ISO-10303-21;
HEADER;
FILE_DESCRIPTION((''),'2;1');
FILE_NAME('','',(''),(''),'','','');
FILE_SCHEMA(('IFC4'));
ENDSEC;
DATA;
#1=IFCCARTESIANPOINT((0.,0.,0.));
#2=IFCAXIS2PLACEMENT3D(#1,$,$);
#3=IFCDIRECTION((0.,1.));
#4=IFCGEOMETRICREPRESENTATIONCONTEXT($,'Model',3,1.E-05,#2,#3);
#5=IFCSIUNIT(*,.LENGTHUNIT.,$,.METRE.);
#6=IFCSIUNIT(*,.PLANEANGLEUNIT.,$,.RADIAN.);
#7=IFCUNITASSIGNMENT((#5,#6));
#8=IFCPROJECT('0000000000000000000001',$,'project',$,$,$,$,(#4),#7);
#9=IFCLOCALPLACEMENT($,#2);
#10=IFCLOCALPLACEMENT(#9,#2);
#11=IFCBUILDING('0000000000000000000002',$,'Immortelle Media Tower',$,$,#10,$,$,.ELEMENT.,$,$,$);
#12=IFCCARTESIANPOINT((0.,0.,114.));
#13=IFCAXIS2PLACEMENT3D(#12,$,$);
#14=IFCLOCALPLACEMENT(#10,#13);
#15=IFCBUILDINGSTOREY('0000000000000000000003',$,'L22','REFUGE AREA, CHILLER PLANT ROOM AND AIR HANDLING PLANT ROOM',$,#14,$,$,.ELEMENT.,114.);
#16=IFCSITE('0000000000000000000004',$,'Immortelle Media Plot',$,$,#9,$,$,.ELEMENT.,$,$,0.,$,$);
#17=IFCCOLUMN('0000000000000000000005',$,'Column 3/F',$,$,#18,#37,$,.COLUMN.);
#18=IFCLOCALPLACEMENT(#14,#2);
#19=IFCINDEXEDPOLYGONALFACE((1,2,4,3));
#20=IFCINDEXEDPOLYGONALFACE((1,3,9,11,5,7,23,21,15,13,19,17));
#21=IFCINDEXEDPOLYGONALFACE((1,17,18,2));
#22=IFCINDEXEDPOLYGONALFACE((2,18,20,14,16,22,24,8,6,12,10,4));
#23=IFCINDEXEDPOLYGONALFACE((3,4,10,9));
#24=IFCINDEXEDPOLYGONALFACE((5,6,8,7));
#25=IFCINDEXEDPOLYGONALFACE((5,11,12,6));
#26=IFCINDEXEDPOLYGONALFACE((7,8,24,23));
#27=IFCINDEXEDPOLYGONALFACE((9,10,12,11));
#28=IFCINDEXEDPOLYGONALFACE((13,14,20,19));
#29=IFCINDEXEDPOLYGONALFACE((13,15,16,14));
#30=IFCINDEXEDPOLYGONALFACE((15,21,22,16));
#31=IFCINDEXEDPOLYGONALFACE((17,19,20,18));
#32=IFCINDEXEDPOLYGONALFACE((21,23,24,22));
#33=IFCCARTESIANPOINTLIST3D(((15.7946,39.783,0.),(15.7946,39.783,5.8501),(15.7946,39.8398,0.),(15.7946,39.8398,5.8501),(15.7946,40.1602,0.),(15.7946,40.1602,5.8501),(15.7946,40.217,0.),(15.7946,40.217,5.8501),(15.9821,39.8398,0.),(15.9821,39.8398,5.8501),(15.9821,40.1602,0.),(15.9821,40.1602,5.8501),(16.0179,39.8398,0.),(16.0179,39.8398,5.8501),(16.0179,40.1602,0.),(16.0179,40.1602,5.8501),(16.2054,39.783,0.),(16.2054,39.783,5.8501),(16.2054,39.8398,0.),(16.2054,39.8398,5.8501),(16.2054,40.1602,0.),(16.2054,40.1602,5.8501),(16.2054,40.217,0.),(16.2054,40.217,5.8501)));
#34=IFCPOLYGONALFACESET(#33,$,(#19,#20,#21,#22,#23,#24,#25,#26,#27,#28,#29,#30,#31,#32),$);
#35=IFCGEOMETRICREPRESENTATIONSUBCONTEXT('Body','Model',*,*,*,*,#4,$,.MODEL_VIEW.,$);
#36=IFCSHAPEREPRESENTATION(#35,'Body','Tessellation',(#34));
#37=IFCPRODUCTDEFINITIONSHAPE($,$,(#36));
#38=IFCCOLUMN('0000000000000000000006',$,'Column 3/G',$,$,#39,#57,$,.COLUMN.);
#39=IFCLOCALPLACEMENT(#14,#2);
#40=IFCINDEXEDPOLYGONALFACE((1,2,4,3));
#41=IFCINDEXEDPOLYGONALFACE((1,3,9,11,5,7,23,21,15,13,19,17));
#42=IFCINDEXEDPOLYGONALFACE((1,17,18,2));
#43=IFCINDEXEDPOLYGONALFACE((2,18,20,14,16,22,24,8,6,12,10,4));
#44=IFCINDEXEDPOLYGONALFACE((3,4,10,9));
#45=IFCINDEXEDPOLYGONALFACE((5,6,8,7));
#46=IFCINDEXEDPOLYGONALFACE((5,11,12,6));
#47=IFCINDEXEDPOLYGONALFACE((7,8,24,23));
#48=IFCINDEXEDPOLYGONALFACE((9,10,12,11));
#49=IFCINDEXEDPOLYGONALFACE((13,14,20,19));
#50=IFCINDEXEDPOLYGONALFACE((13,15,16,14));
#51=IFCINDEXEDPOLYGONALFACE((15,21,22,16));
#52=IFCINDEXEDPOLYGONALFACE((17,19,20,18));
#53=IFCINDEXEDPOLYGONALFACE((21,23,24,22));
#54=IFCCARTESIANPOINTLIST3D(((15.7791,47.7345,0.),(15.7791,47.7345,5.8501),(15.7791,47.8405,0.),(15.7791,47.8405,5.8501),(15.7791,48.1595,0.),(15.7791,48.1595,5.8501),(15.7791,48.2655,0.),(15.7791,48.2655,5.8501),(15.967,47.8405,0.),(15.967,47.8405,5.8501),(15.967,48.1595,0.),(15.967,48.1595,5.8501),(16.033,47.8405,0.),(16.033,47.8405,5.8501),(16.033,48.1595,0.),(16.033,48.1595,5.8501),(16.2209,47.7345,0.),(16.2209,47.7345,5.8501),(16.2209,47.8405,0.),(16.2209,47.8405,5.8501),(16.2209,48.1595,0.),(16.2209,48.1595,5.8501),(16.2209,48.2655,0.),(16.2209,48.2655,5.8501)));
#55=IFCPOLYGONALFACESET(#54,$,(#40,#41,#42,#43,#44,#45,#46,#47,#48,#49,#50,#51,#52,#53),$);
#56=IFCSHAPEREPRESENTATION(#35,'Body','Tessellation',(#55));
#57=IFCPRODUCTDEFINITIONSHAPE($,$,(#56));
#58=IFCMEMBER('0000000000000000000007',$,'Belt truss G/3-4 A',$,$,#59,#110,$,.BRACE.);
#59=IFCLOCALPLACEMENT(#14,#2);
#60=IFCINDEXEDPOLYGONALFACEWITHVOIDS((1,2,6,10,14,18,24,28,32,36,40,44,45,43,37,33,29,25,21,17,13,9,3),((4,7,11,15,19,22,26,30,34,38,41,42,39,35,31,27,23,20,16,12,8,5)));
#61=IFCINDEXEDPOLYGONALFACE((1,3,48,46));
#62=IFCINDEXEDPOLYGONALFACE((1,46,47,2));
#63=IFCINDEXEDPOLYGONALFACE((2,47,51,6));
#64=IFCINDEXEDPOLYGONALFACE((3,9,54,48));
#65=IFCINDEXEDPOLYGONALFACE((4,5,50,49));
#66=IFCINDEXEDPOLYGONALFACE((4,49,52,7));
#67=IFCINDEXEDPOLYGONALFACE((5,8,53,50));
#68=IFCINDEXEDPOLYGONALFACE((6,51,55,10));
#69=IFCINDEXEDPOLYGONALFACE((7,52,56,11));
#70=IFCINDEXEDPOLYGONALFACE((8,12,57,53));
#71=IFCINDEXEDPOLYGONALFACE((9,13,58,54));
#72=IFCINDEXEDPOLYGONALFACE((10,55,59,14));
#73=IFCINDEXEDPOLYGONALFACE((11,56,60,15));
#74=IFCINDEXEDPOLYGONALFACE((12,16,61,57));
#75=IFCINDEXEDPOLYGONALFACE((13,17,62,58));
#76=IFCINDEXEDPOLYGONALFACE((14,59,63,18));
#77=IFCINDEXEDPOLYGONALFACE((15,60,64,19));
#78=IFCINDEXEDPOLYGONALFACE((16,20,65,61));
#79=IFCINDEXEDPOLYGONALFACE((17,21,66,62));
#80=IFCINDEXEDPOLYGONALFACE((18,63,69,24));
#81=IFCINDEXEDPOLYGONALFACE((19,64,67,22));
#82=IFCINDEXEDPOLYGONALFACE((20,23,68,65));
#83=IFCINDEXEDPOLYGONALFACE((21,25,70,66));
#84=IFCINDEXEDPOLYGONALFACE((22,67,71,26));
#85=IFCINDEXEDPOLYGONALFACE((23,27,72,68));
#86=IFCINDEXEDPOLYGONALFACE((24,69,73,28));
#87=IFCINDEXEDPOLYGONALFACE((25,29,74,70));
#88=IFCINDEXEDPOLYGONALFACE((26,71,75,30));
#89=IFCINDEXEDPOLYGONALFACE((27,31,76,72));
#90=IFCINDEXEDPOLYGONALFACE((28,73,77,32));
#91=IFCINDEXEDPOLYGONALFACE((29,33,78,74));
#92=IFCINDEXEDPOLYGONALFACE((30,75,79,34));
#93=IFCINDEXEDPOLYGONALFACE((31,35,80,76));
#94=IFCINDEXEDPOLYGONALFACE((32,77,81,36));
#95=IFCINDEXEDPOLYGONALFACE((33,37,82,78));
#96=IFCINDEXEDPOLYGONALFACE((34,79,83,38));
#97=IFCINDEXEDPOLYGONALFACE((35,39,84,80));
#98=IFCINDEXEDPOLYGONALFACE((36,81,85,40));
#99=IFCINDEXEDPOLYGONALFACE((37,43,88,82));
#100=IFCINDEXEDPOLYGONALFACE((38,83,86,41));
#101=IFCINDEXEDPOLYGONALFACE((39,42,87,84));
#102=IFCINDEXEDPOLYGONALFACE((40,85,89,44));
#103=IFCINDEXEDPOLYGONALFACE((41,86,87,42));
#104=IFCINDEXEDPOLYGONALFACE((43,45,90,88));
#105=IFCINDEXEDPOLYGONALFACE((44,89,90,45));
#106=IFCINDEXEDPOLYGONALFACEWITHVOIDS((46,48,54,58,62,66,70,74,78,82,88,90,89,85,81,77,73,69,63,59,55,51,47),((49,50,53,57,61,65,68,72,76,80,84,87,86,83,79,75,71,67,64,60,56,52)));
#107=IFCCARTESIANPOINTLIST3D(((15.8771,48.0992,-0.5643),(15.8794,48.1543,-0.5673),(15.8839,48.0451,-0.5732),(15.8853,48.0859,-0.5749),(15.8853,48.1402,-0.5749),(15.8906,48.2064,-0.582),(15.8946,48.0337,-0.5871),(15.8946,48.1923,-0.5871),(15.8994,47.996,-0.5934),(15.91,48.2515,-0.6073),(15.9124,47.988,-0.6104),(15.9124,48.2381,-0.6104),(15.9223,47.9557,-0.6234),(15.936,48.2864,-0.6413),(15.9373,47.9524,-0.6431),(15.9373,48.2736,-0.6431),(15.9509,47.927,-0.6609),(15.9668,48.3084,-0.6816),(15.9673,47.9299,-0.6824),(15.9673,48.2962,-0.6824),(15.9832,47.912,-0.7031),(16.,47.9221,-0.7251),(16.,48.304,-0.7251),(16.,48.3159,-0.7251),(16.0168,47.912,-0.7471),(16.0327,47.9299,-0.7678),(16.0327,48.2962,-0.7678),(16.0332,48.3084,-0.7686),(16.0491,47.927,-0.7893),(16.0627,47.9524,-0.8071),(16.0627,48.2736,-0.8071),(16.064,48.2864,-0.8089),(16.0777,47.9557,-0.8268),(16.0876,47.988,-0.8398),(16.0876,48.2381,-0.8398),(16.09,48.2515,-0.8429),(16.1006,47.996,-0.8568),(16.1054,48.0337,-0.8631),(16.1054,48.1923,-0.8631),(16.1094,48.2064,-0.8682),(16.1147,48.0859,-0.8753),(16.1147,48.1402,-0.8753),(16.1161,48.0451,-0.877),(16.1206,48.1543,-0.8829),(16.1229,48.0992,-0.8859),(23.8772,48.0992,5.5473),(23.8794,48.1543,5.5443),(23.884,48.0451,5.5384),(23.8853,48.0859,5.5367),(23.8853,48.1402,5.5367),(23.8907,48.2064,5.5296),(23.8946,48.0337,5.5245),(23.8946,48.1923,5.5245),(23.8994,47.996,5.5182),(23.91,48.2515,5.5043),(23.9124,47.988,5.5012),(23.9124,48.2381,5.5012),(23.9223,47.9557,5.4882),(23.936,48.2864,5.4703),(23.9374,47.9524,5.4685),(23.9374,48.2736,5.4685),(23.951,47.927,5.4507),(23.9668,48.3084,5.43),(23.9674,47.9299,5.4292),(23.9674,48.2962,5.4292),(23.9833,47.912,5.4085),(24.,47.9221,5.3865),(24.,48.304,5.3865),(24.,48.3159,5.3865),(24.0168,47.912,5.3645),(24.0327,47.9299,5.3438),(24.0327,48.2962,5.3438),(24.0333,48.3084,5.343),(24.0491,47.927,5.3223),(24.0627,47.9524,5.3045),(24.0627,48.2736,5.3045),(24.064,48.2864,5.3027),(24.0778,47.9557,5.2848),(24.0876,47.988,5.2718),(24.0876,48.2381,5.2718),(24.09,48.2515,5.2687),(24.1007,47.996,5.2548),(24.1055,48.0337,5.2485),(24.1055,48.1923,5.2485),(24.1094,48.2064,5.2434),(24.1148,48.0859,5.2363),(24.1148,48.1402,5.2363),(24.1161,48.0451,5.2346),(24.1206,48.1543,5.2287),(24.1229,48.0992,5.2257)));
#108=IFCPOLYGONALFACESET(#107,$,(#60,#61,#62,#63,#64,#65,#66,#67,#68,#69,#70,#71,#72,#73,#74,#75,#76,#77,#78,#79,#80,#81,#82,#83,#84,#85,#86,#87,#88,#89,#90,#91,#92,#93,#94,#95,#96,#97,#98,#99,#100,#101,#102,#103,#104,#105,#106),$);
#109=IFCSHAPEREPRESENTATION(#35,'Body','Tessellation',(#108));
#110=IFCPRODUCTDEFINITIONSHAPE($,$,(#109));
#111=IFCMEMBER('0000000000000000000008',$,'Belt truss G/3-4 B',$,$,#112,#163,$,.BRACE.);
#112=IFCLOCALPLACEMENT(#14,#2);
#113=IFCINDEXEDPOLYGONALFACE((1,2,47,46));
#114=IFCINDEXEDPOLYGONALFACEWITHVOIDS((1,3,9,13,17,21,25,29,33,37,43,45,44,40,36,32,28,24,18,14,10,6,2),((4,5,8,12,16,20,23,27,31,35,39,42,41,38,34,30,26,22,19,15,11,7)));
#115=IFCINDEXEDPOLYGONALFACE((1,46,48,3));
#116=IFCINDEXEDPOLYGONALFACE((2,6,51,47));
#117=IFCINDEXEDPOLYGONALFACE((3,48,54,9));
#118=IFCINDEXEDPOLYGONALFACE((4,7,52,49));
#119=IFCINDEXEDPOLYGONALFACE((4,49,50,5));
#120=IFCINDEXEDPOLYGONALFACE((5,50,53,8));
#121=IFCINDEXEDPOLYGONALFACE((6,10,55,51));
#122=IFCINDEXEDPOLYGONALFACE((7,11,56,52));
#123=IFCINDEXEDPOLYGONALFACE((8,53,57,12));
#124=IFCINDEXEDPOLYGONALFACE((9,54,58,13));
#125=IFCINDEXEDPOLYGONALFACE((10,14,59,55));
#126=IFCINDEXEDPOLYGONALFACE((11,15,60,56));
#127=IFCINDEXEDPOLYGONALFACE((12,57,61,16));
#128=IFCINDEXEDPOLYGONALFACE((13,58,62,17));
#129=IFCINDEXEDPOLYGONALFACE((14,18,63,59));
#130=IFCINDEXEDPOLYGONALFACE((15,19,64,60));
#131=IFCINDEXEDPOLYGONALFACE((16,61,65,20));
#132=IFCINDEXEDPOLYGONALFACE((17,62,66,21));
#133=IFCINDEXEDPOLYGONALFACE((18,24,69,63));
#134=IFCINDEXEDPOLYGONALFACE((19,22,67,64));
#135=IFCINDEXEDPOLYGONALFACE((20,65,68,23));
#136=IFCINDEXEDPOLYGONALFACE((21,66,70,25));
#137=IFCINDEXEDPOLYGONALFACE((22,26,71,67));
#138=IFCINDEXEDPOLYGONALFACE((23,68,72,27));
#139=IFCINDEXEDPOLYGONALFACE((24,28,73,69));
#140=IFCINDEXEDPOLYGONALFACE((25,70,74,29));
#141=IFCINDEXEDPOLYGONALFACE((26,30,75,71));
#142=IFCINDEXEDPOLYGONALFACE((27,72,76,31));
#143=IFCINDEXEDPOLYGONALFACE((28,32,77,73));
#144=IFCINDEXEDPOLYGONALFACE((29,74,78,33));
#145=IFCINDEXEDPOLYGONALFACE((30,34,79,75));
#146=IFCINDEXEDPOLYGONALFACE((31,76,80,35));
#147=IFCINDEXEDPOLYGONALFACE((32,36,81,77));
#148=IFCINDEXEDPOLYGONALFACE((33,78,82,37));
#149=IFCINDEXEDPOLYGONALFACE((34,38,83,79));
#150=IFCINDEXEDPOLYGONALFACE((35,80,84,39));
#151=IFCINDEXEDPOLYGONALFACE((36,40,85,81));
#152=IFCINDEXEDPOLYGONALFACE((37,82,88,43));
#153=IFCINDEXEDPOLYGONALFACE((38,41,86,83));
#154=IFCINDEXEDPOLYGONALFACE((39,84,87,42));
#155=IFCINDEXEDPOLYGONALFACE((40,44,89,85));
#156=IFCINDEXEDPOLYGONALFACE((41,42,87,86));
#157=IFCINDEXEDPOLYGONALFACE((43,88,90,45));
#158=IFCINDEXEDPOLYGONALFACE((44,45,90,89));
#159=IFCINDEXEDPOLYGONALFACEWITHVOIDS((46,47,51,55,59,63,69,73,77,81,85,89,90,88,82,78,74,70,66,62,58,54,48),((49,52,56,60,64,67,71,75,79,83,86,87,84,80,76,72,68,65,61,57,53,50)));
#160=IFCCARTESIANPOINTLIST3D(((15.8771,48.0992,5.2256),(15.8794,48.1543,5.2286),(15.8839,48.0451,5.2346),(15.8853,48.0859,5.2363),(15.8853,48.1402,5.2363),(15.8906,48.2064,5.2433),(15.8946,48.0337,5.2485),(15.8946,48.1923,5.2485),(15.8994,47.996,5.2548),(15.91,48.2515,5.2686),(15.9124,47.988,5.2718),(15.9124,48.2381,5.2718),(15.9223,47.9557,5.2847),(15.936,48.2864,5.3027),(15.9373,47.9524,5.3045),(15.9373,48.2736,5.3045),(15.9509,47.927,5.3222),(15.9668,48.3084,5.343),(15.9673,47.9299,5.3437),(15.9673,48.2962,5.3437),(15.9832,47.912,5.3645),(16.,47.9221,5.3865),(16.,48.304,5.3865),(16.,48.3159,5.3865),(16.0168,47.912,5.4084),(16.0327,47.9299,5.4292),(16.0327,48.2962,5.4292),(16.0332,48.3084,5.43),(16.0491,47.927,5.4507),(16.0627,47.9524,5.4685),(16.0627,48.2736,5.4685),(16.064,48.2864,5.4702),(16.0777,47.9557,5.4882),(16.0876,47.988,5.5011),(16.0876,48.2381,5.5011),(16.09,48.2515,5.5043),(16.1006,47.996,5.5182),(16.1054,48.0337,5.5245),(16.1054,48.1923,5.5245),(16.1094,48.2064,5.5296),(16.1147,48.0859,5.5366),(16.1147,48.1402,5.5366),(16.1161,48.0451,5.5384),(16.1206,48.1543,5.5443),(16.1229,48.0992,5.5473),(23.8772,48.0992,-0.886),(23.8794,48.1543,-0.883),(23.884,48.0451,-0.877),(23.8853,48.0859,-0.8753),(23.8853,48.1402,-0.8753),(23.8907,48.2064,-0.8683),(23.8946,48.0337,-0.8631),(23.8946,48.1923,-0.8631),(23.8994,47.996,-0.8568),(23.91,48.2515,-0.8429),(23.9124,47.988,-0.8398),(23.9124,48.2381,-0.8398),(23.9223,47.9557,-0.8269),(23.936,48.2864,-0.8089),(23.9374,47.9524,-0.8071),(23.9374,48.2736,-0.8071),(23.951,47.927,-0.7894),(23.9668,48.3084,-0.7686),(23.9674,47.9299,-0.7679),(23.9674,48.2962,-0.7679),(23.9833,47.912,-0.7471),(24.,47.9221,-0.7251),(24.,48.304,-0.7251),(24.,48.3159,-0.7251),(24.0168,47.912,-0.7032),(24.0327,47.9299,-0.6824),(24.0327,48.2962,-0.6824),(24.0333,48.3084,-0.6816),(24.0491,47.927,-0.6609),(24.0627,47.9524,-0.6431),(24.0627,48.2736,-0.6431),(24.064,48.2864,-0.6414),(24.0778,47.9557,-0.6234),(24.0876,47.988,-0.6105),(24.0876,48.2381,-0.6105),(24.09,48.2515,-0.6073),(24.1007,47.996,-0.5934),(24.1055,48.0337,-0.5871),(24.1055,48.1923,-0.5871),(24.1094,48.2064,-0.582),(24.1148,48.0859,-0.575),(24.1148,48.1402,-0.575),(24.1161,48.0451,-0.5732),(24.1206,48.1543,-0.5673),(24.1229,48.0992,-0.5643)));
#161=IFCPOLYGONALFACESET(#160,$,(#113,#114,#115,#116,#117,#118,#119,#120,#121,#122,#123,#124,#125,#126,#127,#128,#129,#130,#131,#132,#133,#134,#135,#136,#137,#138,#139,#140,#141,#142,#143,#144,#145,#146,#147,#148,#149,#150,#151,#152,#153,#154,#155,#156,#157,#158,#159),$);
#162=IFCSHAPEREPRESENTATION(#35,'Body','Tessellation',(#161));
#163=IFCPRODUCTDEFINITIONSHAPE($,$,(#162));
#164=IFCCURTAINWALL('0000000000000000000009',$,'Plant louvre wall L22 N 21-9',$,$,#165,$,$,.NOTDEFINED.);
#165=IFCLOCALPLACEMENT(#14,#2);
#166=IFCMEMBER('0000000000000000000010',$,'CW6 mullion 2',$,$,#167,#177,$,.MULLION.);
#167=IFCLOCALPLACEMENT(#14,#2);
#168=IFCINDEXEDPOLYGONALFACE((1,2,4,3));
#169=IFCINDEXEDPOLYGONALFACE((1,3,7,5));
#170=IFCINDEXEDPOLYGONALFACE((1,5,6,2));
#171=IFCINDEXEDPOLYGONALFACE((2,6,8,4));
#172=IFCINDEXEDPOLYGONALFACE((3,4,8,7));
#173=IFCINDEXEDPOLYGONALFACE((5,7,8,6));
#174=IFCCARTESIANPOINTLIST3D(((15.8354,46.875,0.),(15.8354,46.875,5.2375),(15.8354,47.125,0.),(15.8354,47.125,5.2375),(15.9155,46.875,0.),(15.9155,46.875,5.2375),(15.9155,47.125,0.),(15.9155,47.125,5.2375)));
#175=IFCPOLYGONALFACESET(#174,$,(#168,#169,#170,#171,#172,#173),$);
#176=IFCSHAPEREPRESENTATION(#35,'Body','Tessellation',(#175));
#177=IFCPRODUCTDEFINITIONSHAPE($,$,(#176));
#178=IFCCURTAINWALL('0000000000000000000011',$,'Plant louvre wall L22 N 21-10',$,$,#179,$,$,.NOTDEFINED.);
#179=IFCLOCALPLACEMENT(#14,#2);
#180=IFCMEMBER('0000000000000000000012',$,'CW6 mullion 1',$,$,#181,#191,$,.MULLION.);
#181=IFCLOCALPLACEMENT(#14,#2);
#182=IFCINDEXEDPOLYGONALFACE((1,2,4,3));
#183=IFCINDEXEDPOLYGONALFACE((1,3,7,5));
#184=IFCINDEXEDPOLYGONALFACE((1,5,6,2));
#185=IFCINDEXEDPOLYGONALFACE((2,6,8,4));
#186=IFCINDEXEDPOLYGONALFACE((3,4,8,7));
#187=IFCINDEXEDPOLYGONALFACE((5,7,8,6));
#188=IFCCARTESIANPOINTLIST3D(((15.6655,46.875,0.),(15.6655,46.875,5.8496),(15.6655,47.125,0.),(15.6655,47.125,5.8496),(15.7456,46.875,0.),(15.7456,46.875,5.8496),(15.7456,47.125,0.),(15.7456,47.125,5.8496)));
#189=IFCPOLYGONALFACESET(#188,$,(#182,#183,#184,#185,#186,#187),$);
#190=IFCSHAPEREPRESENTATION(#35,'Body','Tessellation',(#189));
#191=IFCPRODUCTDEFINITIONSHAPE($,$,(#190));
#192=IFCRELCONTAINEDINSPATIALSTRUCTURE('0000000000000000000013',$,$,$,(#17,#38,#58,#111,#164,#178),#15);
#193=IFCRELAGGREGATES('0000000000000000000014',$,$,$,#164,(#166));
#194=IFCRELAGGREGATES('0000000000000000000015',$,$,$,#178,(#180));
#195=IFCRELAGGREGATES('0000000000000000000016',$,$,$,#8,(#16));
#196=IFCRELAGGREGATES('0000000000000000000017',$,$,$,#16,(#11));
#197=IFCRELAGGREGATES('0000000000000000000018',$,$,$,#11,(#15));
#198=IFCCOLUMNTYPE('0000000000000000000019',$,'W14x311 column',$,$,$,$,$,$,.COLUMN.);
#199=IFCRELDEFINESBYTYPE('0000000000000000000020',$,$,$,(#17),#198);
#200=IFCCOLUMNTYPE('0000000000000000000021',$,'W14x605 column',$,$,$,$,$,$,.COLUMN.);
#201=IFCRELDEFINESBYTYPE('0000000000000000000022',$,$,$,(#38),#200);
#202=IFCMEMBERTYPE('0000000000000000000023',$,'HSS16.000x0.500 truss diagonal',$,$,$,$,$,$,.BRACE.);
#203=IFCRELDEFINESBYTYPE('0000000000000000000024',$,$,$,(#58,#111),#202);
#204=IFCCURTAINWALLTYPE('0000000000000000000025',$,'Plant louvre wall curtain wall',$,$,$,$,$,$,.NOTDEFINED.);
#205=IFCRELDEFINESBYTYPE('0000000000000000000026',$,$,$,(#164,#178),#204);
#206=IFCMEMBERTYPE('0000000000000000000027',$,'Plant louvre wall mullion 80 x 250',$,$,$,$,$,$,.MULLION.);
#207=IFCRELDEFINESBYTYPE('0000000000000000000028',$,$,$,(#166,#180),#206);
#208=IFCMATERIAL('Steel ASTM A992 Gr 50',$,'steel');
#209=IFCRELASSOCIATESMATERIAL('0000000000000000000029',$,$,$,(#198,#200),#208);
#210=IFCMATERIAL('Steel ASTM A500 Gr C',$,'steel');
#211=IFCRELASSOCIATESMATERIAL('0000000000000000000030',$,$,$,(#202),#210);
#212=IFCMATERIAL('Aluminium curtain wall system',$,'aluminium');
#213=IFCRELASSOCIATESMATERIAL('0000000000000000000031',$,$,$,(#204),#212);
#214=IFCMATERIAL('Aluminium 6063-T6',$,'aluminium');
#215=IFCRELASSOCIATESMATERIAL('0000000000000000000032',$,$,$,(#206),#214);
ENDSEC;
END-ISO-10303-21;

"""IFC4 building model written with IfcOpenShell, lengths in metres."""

from ifc_helpers import new_model, si_unit, direction, frame, origin, origin_2d, place, context, subcontext, project, spatial, rectangle, hollow_circle, i_section, extrude, material, material_profile, profile_set, type_object, element, aggregate, save


model = new_model("IFC4")

# Units and contexts
model_context = context("Model", 3, precision=1e-05, world=origin(), true_north=direction((0.0, 1.0)))
body_context = subcontext(model_context, "Body", "Model", "MODEL_VIEW")
ifc_project = project(units=[si_unit("LENGTHUNIT", "METRE"), si_unit("PLANEANGLEUNIT", "RADIAN")], contexts=[model_context])

# Site, building, storey
site_placement = place(None, origin())
site = spatial("IfcSite", under=ifc_project, at=site_placement, Name="Immortelle Media Plot", CompositionType="ELEMENT", RefElevation=0.0)
building_placement = place(site_placement, origin())
building = spatial("IfcBuilding", under=site, at=building_placement, Name="Immortelle Media Tower", CompositionType="ELEMENT")
storey_placement = place(building_placement, frame((0.0, 0.0, 114.0)))
storey = spatial("IfcBuildingStorey", under=building, at=storey_placement, Name="L22", Description="REFUGE AREA, CHILLER PLANT ROOM AND AIR HANDLING PLANT ROOM", CompositionType="ELEMENT", Elevation=114.0)

# Columns
ifc_material_1 = material(Name="Steel ASTM A992 Gr 50", Category="steel")
ifc_material_profile_1 = material_profile(ifc_material_1, i_section(OverallWidth=0.4109, OverallDepth=0.4341, WebThickness=0.0359, FlangeThickness=0.0569, at=origin_2d()), Name="W14x311")
ifc_profile_set_1 = profile_set([ifc_material_profile_1], Name="Steel ASTM A992 Gr 50")
column_type_1 = type_object("IfcColumnType", Name="W14x311 column", PredefinedType="COLUMN", material=ifc_profile_set_1)
column_1_placement = place(storey_placement, frame((16.0, 40.0, 0.0), z_axis=(0.0, 0.0, 1.0), x_axis=(1.0, 0.0, 0.0)))
element("IfcColumn", 1, at=column_1_placement, inside=storey, type_object=column_type_1, Name="Column 3/F", PredefinedType="COLUMN", context=body_context, shape_type="SweptSolid", body=[
    extrude(i_section(OverallWidth=0.4109, OverallDepth=0.4341, WebThickness=0.0359, FlangeThickness=0.0569, at=origin_2d()), origin(), (0.0, 0.0, 1.0), 5.8501),
])
ifc_material_profile_2 = material_profile(ifc_material_1, i_section(OverallWidth=0.4419, OverallDepth=0.531, WebThickness=0.0659, FlangeThickness=0.106, at=origin_2d()), Name="W14x605")
ifc_profile_set_2 = profile_set([ifc_material_profile_2], Name="Steel ASTM A992 Gr 50")
column_type_2 = type_object("IfcColumnType", Name="W14x605 column", PredefinedType="COLUMN", material=ifc_profile_set_2)
column_2_placement = place(storey_placement, frame((16.0, 48.0, 0.0), z_axis=(0.0, 0.0, 1.0), x_axis=(1.0, 0.0, 0.0)))
element("IfcColumn", 2, at=column_2_placement, inside=storey, type_object=column_type_2, Name="Column 3/G", PredefinedType="COLUMN", context=body_context, shape_type="SweptSolid", body=[
    extrude(i_section(OverallWidth=0.4419, OverallDepth=0.531, WebThickness=0.0659, FlangeThickness=0.106, at=origin_2d()), origin(), (0.0, 0.0, 1.0), 5.8501),
])

# Members
ifc_material_2 = material(Name="Steel ASTM A500 Gr C", Category="steel")
ifc_material_profile_3 = material_profile(ifc_material_2, hollow_circle(Radius=0.2029, WallThickness=0.012, at=origin_2d()), Name="HSS16.000x0.500 truss diagonal")
ifc_profile_set_3 = profile_set([ifc_material_profile_3], Name="Steel ASTM A500 Gr C")
member_type_1 = type_object("IfcMemberType", Name="HSS16.000x0.500 truss diagonal", PredefinedType="BRACE", material=ifc_profile_set_3)
for number, where, z_axis, x_axis, name in (
    (3, (16.0, 48.113, -0.7251), (0.794649, 0.0, 0.607069), (0.0, 1.0, 0.0), "Belt truss G/3-4 A"),
    (4, (16.0, 48.113, 5.3865), (0.794649, 0.0, -0.607069), (0.0, 1.0, 0.0), "Belt truss G/3-4 B"),
):
    element("IfcMember", number, at=place(storey_placement, frame(where, z_axis=z_axis, x_axis=x_axis)), inside=storey, type_object=member_type_1, Name=name, PredefinedType="BRACE", context=body_context, shape_type="SweptSolid", body=[
        extrude(hollow_circle(Radius=0.2029, WallThickness=0.012, at=origin_2d()), origin(), (0.0, 0.0, 1.0), 10.0674),
    ])

# Curtain wall, member
ifc_material_3 = material(Name="Aluminium curtain wall system", Category="aluminium")
curtain_wall_type = type_object("IfcCurtainWallType", Name="Plant louvre wall curtain wall", PredefinedType="NOTDEFINED", material=ifc_material_3)
curtain_wall_1_placement = place(storey_placement, origin())
curtain_wall_1 = element("IfcCurtainWall", 5, at=curtain_wall_1_placement, inside=storey, type_object=curtain_wall_type, Name="Plant louvre wall L22 N 21-9", PredefinedType="NOTDEFINED")
ifc_material_4 = material(Name="Aluminium 6063-T6", Category="aluminium")
ifc_material_profile_4 = material_profile(ifc_material_4, rectangle(XDim=0.25, YDim=0.0801, at=origin_2d()), Name="AL 80x250")
ifc_profile_set_4 = profile_set([ifc_material_profile_4], Name="Aluminium 6063-T6")
member_type_2 = type_object("IfcMemberType", Name="Plant louvre wall mullion 80 x 250", PredefinedType="MULLION", material=ifc_profile_set_4)
member_1_placement = place(storey_placement, frame((15.8755, 47.0, 0.0), z_axis=(0.0, 0.0, 1.0), x_axis=(0.0, -1.0, 0.0)))
member_1 = element("IfcMember", 6, at=member_1_placement, type_object=member_type_2, Name="CW6 mullion 2", PredefinedType="MULLION", context=body_context, shape_type="SweptSolid", body=[
    extrude(rectangle(XDim=0.25, YDim=0.0801, at=origin_2d()), origin(), (0.0, 0.0, 1.0), 5.2375),
])

# Curtain wall, member
curtain_wall_2_placement = place(storey_placement, origin())
curtain_wall_2 = element("IfcCurtainWall", 7, at=curtain_wall_2_placement, inside=storey, type_object=curtain_wall_type, Name="Plant louvre wall L22 N 21-10", PredefinedType="NOTDEFINED")
member_2_placement = place(storey_placement, frame((15.7056, 47.0, 0.0), z_axis=(0.0, 0.0, 1.0), x_axis=(0.0, -1.0, 0.0)))
member_2 = element("IfcMember", 8, at=member_2_placement, type_object=member_type_2, Name="CW6 mullion 1", PredefinedType="MULLION", context=body_context, shape_type="SweptSolid", body=[
    extrude(rectangle(XDim=0.25, YDim=0.0801, at=origin_2d()), origin(), (0.0, 0.0, 1.0), 5.8496),
])

aggregate(curtain_wall_1, [member_1])
aggregate(curtain_wall_2, [member_2])

save(model, "model.ifc")
